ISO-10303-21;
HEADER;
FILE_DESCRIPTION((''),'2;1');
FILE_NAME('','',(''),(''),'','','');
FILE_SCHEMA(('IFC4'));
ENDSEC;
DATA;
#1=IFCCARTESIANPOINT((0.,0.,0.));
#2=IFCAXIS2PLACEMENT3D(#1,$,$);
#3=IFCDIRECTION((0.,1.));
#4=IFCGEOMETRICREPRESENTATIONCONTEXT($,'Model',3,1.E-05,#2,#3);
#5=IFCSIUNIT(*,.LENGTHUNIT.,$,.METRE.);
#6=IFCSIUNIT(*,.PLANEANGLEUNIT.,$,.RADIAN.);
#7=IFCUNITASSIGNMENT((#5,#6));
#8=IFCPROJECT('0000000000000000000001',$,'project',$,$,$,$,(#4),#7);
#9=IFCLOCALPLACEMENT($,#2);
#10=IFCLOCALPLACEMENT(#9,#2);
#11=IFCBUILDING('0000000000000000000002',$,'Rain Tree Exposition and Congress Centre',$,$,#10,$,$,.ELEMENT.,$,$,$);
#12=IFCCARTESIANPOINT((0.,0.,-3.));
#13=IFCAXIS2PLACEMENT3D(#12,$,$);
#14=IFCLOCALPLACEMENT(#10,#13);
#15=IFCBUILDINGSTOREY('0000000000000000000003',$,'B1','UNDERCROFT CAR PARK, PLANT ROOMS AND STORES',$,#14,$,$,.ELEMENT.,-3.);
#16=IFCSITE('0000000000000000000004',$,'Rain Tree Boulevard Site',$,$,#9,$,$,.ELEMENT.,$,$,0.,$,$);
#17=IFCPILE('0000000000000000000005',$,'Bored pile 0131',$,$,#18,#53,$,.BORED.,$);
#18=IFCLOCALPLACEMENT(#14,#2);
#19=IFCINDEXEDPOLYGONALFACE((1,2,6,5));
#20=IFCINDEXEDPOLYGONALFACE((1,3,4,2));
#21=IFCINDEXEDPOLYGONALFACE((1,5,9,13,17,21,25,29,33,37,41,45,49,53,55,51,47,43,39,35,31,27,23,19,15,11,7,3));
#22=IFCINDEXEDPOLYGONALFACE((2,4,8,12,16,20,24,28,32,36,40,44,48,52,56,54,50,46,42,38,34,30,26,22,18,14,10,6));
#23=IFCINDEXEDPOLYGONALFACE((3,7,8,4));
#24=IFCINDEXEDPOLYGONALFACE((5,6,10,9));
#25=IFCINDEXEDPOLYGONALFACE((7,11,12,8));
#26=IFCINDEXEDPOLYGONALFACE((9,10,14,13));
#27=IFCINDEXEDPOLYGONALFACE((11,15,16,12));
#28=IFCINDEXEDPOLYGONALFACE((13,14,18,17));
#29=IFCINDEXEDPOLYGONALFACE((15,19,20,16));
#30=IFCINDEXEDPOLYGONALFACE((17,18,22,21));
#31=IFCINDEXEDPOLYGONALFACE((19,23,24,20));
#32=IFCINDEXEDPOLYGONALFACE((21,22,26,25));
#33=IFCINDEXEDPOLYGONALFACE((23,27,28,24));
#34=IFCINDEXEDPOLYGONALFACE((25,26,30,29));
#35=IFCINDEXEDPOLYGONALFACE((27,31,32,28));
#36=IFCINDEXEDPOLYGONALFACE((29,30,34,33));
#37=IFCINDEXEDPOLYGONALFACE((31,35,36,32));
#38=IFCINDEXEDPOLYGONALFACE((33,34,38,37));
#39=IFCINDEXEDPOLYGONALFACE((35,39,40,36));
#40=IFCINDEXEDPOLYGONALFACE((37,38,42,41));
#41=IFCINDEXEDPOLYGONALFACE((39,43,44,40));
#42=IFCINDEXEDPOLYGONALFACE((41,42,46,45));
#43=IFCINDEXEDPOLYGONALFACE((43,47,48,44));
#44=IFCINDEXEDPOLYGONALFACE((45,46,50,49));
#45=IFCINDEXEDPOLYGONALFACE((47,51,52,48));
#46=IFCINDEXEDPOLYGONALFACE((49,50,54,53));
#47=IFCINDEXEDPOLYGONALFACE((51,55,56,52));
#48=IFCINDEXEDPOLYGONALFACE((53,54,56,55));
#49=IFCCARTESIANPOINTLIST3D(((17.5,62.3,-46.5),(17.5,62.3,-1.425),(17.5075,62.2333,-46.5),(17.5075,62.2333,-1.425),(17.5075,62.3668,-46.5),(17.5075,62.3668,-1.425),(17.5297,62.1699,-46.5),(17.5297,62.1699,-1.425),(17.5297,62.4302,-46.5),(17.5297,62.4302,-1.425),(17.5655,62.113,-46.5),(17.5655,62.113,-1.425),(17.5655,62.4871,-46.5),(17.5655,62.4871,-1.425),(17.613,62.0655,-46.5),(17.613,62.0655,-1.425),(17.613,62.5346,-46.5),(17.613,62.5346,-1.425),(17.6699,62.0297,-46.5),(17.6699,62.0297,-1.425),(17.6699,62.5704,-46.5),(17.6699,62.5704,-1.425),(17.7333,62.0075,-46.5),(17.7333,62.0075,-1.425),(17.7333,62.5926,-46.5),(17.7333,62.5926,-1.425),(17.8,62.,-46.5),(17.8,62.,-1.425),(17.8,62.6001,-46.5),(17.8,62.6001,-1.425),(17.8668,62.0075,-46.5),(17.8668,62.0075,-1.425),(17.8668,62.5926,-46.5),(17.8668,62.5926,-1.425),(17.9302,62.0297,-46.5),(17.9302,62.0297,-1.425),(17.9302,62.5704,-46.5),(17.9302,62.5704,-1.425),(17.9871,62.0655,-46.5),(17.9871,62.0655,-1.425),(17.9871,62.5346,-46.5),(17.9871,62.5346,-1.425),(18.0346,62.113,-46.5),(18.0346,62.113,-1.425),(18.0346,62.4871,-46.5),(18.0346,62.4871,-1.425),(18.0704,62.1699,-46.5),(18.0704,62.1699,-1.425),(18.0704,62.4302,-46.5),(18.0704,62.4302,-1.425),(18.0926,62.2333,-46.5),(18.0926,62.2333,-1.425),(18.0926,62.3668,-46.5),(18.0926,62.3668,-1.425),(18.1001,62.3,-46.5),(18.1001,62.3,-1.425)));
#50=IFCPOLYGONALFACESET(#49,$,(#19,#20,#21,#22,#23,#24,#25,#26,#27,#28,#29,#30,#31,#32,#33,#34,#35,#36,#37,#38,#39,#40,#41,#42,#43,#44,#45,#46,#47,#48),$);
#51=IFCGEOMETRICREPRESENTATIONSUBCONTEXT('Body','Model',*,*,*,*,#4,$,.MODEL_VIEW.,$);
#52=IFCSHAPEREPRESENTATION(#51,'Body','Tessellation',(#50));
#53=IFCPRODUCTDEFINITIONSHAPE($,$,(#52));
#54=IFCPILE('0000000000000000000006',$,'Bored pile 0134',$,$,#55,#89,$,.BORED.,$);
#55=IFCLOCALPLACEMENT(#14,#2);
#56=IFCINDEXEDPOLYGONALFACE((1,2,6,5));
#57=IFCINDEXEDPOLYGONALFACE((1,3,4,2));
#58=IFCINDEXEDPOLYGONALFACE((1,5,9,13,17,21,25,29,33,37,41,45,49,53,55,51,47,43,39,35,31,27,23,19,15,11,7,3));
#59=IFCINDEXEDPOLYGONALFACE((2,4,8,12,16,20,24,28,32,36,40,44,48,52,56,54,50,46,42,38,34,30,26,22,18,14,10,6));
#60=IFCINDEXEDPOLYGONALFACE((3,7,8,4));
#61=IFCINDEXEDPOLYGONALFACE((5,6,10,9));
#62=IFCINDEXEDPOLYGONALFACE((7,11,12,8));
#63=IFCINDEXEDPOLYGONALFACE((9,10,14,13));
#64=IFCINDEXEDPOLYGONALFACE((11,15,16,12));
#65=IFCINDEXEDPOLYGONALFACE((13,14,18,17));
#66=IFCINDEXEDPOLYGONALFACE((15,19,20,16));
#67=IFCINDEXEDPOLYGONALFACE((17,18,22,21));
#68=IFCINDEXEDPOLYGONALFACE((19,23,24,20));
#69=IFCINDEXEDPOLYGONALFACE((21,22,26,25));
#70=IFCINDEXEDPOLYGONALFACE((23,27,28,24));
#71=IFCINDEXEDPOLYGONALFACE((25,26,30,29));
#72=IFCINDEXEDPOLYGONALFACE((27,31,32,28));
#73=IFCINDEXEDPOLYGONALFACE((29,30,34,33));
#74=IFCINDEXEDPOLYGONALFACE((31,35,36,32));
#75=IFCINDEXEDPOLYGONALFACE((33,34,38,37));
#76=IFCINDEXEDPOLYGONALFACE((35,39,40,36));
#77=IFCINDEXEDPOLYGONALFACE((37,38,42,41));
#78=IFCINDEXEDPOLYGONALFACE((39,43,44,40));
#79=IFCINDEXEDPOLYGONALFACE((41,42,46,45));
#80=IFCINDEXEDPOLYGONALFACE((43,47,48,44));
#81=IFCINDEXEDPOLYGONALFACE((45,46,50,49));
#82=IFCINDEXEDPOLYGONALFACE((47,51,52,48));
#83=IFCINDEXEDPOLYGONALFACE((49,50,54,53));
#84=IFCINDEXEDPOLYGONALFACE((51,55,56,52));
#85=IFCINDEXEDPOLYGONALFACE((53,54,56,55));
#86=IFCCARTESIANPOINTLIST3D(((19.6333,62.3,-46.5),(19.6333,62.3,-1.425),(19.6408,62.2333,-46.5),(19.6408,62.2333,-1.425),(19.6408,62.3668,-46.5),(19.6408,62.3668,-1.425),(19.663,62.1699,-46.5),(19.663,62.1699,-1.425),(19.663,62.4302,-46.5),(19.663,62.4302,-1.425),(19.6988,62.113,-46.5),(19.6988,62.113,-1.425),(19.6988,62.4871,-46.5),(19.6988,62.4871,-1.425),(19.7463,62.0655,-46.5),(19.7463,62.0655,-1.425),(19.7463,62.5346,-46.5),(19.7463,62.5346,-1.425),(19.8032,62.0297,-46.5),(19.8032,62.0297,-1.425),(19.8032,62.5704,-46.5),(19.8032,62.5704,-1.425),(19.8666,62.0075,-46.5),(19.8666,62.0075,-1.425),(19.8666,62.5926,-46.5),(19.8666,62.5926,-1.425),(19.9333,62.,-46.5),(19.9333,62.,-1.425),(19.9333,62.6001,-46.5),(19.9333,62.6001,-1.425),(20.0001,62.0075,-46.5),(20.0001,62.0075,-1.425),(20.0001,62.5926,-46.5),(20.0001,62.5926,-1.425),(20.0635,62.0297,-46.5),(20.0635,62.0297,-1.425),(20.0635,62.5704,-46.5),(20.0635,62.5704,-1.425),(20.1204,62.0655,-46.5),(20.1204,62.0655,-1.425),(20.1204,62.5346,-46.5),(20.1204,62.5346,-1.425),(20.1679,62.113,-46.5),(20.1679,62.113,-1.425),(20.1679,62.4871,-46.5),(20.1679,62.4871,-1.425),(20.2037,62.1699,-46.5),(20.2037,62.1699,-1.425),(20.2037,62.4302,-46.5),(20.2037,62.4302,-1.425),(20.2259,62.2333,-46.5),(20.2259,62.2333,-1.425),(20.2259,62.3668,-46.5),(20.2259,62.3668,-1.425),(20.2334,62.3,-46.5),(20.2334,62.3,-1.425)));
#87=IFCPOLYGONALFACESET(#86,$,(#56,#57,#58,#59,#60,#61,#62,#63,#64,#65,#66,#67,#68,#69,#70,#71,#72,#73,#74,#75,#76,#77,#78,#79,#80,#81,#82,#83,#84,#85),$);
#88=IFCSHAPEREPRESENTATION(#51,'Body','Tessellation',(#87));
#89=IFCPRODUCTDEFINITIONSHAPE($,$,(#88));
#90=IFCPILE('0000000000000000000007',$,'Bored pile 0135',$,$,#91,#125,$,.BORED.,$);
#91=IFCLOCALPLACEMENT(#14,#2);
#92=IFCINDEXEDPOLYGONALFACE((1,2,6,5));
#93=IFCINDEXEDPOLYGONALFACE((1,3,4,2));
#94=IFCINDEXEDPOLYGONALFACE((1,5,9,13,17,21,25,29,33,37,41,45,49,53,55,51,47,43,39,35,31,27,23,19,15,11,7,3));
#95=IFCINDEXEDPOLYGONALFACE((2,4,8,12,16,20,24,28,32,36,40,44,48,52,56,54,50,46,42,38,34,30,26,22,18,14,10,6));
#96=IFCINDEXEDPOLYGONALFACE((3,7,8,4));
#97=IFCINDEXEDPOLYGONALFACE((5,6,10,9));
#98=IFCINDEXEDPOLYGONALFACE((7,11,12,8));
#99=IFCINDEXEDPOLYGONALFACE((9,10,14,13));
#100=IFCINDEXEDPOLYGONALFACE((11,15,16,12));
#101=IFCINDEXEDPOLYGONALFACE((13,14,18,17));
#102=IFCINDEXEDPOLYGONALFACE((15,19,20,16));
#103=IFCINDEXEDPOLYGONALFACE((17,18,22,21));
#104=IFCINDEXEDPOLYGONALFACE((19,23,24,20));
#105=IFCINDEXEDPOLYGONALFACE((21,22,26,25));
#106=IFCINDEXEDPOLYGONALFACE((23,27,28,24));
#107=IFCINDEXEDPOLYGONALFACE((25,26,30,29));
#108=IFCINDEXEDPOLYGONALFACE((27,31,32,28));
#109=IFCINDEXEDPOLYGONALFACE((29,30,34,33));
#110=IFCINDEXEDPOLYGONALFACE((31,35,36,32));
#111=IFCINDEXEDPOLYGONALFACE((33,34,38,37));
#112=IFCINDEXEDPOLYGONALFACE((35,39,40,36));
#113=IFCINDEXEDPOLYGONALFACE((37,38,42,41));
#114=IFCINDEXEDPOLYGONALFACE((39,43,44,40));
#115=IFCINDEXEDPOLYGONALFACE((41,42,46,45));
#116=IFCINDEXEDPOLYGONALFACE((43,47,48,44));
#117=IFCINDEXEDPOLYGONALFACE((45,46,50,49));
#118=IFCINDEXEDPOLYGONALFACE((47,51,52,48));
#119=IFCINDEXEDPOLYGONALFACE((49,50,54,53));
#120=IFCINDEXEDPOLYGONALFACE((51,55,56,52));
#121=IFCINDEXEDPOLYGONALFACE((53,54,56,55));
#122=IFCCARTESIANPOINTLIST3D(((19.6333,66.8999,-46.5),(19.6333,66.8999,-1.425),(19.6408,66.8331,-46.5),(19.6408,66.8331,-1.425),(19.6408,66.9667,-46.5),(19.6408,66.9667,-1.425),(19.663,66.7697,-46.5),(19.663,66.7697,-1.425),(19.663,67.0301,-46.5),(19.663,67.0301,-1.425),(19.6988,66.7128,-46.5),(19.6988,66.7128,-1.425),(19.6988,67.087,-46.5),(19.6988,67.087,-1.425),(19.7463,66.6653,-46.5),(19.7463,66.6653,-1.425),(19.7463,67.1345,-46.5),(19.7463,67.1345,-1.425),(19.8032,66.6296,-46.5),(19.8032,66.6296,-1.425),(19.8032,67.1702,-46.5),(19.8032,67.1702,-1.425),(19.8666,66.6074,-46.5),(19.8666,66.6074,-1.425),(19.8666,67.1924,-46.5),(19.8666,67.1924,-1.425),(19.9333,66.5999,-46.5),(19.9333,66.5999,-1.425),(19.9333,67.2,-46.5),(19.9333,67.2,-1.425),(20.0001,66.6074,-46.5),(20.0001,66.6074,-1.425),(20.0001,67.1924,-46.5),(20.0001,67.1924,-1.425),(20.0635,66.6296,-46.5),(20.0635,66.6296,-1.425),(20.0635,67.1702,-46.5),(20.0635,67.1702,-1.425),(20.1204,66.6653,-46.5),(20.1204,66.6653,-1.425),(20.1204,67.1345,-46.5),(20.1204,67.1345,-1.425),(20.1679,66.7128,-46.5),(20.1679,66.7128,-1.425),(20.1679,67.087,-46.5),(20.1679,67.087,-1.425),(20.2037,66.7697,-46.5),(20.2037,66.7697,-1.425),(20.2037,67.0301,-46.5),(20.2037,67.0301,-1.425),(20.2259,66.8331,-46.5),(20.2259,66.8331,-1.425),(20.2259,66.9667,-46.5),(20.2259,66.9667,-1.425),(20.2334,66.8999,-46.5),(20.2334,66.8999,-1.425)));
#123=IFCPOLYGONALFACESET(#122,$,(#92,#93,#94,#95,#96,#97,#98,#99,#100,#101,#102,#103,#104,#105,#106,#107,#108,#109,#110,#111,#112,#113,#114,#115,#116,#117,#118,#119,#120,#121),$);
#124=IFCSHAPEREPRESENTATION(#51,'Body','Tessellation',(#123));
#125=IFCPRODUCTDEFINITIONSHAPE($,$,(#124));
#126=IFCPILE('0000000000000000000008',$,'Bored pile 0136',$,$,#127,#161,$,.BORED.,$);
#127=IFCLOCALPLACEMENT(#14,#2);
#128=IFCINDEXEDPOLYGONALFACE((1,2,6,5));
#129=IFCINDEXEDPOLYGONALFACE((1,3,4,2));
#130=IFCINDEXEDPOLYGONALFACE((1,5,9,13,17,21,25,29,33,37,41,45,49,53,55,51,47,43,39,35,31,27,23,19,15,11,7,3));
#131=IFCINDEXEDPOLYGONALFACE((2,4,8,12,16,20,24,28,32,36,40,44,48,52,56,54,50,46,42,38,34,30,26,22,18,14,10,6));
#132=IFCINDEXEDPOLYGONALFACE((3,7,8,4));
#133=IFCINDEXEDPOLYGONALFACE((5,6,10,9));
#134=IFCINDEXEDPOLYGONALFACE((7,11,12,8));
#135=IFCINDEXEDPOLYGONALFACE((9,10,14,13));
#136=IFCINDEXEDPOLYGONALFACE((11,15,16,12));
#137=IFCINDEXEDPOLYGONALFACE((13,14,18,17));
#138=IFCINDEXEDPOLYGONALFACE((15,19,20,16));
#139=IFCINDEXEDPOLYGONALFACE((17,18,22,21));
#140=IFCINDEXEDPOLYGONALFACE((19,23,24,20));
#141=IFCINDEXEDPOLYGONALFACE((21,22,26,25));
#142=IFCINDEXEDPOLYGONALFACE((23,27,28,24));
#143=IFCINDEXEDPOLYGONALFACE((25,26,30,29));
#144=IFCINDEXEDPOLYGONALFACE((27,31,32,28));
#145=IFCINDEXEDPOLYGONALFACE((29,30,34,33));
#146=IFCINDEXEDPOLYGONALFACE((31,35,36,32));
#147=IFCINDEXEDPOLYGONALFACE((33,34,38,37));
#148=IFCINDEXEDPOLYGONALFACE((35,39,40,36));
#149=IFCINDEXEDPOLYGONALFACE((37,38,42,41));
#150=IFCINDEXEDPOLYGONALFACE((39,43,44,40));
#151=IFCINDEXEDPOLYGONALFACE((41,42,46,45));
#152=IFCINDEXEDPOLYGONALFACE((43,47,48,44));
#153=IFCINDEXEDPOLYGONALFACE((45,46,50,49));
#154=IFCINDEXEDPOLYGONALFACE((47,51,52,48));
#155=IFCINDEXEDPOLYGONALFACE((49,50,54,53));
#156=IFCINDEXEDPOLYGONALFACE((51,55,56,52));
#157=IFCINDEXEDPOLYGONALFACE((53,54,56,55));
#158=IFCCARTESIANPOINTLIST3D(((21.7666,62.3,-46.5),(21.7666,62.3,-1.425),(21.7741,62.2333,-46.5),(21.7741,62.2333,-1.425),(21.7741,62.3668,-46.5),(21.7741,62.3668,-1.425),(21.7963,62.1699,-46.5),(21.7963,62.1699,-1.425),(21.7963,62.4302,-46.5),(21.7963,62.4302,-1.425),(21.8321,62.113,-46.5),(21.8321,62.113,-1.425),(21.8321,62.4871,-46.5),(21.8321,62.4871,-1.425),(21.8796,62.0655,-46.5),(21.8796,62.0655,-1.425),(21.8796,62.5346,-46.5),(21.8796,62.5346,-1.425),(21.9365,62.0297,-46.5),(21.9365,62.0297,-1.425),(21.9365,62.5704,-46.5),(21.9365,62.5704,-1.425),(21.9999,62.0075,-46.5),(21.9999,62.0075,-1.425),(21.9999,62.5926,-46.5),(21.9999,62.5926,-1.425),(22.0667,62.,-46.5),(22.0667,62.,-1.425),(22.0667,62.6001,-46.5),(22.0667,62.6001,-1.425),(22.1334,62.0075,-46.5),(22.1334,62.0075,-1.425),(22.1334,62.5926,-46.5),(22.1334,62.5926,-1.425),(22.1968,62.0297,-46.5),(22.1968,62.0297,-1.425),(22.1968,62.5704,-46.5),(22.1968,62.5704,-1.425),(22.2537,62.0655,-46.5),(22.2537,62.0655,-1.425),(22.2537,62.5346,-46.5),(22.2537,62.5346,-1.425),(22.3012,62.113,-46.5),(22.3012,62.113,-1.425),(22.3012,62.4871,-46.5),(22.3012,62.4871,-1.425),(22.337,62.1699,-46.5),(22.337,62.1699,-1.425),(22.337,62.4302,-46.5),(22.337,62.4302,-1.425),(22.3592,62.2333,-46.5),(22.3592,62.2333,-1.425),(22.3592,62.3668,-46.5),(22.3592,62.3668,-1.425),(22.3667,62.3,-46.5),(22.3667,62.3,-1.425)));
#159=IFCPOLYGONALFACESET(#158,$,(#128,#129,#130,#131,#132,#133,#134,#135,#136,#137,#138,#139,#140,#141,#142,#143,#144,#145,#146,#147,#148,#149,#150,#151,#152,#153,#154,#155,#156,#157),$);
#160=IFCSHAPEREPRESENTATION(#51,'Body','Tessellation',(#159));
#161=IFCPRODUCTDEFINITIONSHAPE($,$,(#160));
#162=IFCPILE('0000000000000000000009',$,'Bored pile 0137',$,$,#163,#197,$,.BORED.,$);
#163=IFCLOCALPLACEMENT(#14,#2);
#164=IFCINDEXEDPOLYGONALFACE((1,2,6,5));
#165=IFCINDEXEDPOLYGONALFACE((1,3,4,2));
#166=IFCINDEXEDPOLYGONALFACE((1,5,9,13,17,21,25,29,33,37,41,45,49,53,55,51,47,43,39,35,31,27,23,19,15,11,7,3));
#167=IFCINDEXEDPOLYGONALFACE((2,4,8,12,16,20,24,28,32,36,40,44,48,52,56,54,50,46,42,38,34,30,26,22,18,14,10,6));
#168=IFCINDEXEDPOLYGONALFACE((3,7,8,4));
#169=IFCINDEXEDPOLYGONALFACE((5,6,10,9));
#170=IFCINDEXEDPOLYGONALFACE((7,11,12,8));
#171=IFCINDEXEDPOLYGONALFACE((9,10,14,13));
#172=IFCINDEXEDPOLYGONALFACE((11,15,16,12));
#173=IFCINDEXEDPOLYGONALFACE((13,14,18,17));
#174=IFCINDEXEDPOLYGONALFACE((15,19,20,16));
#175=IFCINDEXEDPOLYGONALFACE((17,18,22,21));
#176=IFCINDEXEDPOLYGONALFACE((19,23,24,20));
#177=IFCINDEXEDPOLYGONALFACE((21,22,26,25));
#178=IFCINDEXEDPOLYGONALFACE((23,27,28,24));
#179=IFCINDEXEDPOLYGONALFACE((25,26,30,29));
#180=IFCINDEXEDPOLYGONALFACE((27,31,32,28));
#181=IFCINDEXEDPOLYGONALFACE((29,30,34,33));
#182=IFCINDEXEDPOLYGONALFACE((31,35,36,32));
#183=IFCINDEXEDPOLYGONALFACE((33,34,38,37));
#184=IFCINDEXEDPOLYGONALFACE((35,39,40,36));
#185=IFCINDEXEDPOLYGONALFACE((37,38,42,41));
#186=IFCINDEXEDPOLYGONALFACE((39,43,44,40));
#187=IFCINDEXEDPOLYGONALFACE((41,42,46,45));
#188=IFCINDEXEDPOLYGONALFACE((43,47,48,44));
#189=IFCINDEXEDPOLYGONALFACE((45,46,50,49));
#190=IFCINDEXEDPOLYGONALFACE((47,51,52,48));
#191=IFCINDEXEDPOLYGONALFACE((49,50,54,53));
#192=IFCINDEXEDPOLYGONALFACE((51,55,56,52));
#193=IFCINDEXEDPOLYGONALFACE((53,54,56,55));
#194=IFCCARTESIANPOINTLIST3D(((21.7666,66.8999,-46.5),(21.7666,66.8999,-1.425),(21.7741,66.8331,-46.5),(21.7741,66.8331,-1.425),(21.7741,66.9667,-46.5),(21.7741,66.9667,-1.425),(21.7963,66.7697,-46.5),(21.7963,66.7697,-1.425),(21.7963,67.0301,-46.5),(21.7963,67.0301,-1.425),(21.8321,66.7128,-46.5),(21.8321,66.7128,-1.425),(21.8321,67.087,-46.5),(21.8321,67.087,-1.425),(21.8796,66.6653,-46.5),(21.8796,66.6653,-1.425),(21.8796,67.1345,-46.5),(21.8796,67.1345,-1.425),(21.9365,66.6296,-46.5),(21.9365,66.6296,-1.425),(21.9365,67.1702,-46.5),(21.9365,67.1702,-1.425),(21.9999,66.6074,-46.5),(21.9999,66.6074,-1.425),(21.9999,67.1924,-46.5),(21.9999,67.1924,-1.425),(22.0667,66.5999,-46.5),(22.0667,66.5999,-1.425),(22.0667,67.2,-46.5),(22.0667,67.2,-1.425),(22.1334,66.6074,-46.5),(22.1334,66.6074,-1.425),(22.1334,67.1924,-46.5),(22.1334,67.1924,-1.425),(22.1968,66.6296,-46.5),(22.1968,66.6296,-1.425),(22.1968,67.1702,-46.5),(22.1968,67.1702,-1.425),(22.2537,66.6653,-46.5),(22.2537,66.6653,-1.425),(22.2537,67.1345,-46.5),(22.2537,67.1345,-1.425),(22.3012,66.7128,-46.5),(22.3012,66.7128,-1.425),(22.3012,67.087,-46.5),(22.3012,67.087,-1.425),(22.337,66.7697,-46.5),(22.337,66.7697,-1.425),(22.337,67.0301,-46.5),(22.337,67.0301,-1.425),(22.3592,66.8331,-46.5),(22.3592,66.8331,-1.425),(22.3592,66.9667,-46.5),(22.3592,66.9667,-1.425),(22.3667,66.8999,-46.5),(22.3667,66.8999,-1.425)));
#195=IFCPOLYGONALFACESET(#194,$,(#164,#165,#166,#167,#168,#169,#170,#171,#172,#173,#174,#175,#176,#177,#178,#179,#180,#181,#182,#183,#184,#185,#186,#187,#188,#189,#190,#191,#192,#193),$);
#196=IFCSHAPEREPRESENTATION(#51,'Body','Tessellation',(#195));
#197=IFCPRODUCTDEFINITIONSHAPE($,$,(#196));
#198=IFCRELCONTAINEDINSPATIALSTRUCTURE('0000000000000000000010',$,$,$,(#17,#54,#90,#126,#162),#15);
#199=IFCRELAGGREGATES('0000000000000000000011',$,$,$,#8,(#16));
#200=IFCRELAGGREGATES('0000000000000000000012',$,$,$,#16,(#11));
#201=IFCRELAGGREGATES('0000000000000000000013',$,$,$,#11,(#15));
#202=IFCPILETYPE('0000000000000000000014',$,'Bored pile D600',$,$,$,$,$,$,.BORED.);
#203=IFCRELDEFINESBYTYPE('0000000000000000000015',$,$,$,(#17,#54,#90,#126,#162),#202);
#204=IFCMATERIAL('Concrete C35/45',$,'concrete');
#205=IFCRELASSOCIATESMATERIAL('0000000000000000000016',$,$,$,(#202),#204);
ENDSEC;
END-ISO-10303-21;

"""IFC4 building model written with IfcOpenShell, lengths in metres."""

from ifc_helpers import new_model, si_unit, direction, frame, origin, origin_2d, place, context, subcontext, project, spatial, circle, extrude, material, material_profile, profile_set, type_object, element, save


model = new_model("IFC4")

# Units and contexts
model_context = context("Model", 3, precision=1e-05, world=origin(), true_north=direction((0.0, 1.0)))
body_context = subcontext(model_context, "Body", "Model", "MODEL_VIEW")
ifc_project = project(units=[si_unit("LENGTHUNIT", "METRE"), si_unit("PLANEANGLEUNIT", "RADIAN")], contexts=[model_context])

# Site, building, storey
site_placement = place(None, origin())
site = spatial("IfcSite", under=ifc_project, at=site_placement, Name="Rain Tree Boulevard Site", CompositionType="ELEMENT", RefElevation=0.0)
building_placement = place(site_placement, origin())
building = spatial("IfcBuilding", under=site, at=building_placement, Name="Rain Tree Exposition and Congress Centre", CompositionType="ELEMENT")
storey_placement = place(building_placement, frame((0.0, 0.0, -3.0)))
storey = spatial("IfcBuildingStorey", under=building, at=storey_placement, Name="B1", Description="UNDERCROFT CAR PARK, PLANT ROOMS AND STORES", CompositionType="ELEMENT", Elevation=-3.0)

# Piles
ifc_material_1 = material(Name="Concrete C35/45", Category="concrete")
ifc_material_profile_1 = material_profile(ifc_material_1, circle(Radius=0.3, at=origin_2d()), Name="D600")
ifc_profile_set_1 = profile_set([ifc_material_profile_1], Name="Concrete C35/45")
pile_type_1 = type_object("IfcPileType", Name="Bored pile D600", PredefinedType="BORED", material=ifc_profile_set_1)
for number, where, z_axis, x_axis, name in (
    (1, (17.8, 62.3, -1.425), (0.0, 0.0, -1.0), (1.0, 0.0, 0.0), "Bored pile 0131"),
    (2, (19.9333, 62.3, -1.425), (0.0, 0.0, -1.0), (1.0, 0.0, 0.0), "Bored pile 0134"),
    (3, (19.9333, 66.8999, -1.425), (0.0, 0.0, -1.0), (1.0, 0.0, 0.0), "Bored pile 0135"),
    (4, (22.0667, 62.3, -1.425), (0.0, 0.0, -1.0), (1.0, 0.0, 0.0), "Bored pile 0136"),
    (5, (22.0667, 66.8999, -1.425), (0.0, 0.0, -1.0), (1.0, 0.0, 0.0), "Bored pile 0137"),
):
    element("IfcPile", number, at=place(storey_placement, frame(where, z_axis=z_axis, x_axis=x_axis)), inside=storey, type_object=pile_type_1, Name=name, PredefinedType="BORED", context=body_context, shape_type="SweptSolid", body=[
        extrude(circle(Radius=0.3, at=origin_2d()), origin(), (0.0, 0.0, 1.0), 45.075),
    ])

save(model, "model.ifc")
